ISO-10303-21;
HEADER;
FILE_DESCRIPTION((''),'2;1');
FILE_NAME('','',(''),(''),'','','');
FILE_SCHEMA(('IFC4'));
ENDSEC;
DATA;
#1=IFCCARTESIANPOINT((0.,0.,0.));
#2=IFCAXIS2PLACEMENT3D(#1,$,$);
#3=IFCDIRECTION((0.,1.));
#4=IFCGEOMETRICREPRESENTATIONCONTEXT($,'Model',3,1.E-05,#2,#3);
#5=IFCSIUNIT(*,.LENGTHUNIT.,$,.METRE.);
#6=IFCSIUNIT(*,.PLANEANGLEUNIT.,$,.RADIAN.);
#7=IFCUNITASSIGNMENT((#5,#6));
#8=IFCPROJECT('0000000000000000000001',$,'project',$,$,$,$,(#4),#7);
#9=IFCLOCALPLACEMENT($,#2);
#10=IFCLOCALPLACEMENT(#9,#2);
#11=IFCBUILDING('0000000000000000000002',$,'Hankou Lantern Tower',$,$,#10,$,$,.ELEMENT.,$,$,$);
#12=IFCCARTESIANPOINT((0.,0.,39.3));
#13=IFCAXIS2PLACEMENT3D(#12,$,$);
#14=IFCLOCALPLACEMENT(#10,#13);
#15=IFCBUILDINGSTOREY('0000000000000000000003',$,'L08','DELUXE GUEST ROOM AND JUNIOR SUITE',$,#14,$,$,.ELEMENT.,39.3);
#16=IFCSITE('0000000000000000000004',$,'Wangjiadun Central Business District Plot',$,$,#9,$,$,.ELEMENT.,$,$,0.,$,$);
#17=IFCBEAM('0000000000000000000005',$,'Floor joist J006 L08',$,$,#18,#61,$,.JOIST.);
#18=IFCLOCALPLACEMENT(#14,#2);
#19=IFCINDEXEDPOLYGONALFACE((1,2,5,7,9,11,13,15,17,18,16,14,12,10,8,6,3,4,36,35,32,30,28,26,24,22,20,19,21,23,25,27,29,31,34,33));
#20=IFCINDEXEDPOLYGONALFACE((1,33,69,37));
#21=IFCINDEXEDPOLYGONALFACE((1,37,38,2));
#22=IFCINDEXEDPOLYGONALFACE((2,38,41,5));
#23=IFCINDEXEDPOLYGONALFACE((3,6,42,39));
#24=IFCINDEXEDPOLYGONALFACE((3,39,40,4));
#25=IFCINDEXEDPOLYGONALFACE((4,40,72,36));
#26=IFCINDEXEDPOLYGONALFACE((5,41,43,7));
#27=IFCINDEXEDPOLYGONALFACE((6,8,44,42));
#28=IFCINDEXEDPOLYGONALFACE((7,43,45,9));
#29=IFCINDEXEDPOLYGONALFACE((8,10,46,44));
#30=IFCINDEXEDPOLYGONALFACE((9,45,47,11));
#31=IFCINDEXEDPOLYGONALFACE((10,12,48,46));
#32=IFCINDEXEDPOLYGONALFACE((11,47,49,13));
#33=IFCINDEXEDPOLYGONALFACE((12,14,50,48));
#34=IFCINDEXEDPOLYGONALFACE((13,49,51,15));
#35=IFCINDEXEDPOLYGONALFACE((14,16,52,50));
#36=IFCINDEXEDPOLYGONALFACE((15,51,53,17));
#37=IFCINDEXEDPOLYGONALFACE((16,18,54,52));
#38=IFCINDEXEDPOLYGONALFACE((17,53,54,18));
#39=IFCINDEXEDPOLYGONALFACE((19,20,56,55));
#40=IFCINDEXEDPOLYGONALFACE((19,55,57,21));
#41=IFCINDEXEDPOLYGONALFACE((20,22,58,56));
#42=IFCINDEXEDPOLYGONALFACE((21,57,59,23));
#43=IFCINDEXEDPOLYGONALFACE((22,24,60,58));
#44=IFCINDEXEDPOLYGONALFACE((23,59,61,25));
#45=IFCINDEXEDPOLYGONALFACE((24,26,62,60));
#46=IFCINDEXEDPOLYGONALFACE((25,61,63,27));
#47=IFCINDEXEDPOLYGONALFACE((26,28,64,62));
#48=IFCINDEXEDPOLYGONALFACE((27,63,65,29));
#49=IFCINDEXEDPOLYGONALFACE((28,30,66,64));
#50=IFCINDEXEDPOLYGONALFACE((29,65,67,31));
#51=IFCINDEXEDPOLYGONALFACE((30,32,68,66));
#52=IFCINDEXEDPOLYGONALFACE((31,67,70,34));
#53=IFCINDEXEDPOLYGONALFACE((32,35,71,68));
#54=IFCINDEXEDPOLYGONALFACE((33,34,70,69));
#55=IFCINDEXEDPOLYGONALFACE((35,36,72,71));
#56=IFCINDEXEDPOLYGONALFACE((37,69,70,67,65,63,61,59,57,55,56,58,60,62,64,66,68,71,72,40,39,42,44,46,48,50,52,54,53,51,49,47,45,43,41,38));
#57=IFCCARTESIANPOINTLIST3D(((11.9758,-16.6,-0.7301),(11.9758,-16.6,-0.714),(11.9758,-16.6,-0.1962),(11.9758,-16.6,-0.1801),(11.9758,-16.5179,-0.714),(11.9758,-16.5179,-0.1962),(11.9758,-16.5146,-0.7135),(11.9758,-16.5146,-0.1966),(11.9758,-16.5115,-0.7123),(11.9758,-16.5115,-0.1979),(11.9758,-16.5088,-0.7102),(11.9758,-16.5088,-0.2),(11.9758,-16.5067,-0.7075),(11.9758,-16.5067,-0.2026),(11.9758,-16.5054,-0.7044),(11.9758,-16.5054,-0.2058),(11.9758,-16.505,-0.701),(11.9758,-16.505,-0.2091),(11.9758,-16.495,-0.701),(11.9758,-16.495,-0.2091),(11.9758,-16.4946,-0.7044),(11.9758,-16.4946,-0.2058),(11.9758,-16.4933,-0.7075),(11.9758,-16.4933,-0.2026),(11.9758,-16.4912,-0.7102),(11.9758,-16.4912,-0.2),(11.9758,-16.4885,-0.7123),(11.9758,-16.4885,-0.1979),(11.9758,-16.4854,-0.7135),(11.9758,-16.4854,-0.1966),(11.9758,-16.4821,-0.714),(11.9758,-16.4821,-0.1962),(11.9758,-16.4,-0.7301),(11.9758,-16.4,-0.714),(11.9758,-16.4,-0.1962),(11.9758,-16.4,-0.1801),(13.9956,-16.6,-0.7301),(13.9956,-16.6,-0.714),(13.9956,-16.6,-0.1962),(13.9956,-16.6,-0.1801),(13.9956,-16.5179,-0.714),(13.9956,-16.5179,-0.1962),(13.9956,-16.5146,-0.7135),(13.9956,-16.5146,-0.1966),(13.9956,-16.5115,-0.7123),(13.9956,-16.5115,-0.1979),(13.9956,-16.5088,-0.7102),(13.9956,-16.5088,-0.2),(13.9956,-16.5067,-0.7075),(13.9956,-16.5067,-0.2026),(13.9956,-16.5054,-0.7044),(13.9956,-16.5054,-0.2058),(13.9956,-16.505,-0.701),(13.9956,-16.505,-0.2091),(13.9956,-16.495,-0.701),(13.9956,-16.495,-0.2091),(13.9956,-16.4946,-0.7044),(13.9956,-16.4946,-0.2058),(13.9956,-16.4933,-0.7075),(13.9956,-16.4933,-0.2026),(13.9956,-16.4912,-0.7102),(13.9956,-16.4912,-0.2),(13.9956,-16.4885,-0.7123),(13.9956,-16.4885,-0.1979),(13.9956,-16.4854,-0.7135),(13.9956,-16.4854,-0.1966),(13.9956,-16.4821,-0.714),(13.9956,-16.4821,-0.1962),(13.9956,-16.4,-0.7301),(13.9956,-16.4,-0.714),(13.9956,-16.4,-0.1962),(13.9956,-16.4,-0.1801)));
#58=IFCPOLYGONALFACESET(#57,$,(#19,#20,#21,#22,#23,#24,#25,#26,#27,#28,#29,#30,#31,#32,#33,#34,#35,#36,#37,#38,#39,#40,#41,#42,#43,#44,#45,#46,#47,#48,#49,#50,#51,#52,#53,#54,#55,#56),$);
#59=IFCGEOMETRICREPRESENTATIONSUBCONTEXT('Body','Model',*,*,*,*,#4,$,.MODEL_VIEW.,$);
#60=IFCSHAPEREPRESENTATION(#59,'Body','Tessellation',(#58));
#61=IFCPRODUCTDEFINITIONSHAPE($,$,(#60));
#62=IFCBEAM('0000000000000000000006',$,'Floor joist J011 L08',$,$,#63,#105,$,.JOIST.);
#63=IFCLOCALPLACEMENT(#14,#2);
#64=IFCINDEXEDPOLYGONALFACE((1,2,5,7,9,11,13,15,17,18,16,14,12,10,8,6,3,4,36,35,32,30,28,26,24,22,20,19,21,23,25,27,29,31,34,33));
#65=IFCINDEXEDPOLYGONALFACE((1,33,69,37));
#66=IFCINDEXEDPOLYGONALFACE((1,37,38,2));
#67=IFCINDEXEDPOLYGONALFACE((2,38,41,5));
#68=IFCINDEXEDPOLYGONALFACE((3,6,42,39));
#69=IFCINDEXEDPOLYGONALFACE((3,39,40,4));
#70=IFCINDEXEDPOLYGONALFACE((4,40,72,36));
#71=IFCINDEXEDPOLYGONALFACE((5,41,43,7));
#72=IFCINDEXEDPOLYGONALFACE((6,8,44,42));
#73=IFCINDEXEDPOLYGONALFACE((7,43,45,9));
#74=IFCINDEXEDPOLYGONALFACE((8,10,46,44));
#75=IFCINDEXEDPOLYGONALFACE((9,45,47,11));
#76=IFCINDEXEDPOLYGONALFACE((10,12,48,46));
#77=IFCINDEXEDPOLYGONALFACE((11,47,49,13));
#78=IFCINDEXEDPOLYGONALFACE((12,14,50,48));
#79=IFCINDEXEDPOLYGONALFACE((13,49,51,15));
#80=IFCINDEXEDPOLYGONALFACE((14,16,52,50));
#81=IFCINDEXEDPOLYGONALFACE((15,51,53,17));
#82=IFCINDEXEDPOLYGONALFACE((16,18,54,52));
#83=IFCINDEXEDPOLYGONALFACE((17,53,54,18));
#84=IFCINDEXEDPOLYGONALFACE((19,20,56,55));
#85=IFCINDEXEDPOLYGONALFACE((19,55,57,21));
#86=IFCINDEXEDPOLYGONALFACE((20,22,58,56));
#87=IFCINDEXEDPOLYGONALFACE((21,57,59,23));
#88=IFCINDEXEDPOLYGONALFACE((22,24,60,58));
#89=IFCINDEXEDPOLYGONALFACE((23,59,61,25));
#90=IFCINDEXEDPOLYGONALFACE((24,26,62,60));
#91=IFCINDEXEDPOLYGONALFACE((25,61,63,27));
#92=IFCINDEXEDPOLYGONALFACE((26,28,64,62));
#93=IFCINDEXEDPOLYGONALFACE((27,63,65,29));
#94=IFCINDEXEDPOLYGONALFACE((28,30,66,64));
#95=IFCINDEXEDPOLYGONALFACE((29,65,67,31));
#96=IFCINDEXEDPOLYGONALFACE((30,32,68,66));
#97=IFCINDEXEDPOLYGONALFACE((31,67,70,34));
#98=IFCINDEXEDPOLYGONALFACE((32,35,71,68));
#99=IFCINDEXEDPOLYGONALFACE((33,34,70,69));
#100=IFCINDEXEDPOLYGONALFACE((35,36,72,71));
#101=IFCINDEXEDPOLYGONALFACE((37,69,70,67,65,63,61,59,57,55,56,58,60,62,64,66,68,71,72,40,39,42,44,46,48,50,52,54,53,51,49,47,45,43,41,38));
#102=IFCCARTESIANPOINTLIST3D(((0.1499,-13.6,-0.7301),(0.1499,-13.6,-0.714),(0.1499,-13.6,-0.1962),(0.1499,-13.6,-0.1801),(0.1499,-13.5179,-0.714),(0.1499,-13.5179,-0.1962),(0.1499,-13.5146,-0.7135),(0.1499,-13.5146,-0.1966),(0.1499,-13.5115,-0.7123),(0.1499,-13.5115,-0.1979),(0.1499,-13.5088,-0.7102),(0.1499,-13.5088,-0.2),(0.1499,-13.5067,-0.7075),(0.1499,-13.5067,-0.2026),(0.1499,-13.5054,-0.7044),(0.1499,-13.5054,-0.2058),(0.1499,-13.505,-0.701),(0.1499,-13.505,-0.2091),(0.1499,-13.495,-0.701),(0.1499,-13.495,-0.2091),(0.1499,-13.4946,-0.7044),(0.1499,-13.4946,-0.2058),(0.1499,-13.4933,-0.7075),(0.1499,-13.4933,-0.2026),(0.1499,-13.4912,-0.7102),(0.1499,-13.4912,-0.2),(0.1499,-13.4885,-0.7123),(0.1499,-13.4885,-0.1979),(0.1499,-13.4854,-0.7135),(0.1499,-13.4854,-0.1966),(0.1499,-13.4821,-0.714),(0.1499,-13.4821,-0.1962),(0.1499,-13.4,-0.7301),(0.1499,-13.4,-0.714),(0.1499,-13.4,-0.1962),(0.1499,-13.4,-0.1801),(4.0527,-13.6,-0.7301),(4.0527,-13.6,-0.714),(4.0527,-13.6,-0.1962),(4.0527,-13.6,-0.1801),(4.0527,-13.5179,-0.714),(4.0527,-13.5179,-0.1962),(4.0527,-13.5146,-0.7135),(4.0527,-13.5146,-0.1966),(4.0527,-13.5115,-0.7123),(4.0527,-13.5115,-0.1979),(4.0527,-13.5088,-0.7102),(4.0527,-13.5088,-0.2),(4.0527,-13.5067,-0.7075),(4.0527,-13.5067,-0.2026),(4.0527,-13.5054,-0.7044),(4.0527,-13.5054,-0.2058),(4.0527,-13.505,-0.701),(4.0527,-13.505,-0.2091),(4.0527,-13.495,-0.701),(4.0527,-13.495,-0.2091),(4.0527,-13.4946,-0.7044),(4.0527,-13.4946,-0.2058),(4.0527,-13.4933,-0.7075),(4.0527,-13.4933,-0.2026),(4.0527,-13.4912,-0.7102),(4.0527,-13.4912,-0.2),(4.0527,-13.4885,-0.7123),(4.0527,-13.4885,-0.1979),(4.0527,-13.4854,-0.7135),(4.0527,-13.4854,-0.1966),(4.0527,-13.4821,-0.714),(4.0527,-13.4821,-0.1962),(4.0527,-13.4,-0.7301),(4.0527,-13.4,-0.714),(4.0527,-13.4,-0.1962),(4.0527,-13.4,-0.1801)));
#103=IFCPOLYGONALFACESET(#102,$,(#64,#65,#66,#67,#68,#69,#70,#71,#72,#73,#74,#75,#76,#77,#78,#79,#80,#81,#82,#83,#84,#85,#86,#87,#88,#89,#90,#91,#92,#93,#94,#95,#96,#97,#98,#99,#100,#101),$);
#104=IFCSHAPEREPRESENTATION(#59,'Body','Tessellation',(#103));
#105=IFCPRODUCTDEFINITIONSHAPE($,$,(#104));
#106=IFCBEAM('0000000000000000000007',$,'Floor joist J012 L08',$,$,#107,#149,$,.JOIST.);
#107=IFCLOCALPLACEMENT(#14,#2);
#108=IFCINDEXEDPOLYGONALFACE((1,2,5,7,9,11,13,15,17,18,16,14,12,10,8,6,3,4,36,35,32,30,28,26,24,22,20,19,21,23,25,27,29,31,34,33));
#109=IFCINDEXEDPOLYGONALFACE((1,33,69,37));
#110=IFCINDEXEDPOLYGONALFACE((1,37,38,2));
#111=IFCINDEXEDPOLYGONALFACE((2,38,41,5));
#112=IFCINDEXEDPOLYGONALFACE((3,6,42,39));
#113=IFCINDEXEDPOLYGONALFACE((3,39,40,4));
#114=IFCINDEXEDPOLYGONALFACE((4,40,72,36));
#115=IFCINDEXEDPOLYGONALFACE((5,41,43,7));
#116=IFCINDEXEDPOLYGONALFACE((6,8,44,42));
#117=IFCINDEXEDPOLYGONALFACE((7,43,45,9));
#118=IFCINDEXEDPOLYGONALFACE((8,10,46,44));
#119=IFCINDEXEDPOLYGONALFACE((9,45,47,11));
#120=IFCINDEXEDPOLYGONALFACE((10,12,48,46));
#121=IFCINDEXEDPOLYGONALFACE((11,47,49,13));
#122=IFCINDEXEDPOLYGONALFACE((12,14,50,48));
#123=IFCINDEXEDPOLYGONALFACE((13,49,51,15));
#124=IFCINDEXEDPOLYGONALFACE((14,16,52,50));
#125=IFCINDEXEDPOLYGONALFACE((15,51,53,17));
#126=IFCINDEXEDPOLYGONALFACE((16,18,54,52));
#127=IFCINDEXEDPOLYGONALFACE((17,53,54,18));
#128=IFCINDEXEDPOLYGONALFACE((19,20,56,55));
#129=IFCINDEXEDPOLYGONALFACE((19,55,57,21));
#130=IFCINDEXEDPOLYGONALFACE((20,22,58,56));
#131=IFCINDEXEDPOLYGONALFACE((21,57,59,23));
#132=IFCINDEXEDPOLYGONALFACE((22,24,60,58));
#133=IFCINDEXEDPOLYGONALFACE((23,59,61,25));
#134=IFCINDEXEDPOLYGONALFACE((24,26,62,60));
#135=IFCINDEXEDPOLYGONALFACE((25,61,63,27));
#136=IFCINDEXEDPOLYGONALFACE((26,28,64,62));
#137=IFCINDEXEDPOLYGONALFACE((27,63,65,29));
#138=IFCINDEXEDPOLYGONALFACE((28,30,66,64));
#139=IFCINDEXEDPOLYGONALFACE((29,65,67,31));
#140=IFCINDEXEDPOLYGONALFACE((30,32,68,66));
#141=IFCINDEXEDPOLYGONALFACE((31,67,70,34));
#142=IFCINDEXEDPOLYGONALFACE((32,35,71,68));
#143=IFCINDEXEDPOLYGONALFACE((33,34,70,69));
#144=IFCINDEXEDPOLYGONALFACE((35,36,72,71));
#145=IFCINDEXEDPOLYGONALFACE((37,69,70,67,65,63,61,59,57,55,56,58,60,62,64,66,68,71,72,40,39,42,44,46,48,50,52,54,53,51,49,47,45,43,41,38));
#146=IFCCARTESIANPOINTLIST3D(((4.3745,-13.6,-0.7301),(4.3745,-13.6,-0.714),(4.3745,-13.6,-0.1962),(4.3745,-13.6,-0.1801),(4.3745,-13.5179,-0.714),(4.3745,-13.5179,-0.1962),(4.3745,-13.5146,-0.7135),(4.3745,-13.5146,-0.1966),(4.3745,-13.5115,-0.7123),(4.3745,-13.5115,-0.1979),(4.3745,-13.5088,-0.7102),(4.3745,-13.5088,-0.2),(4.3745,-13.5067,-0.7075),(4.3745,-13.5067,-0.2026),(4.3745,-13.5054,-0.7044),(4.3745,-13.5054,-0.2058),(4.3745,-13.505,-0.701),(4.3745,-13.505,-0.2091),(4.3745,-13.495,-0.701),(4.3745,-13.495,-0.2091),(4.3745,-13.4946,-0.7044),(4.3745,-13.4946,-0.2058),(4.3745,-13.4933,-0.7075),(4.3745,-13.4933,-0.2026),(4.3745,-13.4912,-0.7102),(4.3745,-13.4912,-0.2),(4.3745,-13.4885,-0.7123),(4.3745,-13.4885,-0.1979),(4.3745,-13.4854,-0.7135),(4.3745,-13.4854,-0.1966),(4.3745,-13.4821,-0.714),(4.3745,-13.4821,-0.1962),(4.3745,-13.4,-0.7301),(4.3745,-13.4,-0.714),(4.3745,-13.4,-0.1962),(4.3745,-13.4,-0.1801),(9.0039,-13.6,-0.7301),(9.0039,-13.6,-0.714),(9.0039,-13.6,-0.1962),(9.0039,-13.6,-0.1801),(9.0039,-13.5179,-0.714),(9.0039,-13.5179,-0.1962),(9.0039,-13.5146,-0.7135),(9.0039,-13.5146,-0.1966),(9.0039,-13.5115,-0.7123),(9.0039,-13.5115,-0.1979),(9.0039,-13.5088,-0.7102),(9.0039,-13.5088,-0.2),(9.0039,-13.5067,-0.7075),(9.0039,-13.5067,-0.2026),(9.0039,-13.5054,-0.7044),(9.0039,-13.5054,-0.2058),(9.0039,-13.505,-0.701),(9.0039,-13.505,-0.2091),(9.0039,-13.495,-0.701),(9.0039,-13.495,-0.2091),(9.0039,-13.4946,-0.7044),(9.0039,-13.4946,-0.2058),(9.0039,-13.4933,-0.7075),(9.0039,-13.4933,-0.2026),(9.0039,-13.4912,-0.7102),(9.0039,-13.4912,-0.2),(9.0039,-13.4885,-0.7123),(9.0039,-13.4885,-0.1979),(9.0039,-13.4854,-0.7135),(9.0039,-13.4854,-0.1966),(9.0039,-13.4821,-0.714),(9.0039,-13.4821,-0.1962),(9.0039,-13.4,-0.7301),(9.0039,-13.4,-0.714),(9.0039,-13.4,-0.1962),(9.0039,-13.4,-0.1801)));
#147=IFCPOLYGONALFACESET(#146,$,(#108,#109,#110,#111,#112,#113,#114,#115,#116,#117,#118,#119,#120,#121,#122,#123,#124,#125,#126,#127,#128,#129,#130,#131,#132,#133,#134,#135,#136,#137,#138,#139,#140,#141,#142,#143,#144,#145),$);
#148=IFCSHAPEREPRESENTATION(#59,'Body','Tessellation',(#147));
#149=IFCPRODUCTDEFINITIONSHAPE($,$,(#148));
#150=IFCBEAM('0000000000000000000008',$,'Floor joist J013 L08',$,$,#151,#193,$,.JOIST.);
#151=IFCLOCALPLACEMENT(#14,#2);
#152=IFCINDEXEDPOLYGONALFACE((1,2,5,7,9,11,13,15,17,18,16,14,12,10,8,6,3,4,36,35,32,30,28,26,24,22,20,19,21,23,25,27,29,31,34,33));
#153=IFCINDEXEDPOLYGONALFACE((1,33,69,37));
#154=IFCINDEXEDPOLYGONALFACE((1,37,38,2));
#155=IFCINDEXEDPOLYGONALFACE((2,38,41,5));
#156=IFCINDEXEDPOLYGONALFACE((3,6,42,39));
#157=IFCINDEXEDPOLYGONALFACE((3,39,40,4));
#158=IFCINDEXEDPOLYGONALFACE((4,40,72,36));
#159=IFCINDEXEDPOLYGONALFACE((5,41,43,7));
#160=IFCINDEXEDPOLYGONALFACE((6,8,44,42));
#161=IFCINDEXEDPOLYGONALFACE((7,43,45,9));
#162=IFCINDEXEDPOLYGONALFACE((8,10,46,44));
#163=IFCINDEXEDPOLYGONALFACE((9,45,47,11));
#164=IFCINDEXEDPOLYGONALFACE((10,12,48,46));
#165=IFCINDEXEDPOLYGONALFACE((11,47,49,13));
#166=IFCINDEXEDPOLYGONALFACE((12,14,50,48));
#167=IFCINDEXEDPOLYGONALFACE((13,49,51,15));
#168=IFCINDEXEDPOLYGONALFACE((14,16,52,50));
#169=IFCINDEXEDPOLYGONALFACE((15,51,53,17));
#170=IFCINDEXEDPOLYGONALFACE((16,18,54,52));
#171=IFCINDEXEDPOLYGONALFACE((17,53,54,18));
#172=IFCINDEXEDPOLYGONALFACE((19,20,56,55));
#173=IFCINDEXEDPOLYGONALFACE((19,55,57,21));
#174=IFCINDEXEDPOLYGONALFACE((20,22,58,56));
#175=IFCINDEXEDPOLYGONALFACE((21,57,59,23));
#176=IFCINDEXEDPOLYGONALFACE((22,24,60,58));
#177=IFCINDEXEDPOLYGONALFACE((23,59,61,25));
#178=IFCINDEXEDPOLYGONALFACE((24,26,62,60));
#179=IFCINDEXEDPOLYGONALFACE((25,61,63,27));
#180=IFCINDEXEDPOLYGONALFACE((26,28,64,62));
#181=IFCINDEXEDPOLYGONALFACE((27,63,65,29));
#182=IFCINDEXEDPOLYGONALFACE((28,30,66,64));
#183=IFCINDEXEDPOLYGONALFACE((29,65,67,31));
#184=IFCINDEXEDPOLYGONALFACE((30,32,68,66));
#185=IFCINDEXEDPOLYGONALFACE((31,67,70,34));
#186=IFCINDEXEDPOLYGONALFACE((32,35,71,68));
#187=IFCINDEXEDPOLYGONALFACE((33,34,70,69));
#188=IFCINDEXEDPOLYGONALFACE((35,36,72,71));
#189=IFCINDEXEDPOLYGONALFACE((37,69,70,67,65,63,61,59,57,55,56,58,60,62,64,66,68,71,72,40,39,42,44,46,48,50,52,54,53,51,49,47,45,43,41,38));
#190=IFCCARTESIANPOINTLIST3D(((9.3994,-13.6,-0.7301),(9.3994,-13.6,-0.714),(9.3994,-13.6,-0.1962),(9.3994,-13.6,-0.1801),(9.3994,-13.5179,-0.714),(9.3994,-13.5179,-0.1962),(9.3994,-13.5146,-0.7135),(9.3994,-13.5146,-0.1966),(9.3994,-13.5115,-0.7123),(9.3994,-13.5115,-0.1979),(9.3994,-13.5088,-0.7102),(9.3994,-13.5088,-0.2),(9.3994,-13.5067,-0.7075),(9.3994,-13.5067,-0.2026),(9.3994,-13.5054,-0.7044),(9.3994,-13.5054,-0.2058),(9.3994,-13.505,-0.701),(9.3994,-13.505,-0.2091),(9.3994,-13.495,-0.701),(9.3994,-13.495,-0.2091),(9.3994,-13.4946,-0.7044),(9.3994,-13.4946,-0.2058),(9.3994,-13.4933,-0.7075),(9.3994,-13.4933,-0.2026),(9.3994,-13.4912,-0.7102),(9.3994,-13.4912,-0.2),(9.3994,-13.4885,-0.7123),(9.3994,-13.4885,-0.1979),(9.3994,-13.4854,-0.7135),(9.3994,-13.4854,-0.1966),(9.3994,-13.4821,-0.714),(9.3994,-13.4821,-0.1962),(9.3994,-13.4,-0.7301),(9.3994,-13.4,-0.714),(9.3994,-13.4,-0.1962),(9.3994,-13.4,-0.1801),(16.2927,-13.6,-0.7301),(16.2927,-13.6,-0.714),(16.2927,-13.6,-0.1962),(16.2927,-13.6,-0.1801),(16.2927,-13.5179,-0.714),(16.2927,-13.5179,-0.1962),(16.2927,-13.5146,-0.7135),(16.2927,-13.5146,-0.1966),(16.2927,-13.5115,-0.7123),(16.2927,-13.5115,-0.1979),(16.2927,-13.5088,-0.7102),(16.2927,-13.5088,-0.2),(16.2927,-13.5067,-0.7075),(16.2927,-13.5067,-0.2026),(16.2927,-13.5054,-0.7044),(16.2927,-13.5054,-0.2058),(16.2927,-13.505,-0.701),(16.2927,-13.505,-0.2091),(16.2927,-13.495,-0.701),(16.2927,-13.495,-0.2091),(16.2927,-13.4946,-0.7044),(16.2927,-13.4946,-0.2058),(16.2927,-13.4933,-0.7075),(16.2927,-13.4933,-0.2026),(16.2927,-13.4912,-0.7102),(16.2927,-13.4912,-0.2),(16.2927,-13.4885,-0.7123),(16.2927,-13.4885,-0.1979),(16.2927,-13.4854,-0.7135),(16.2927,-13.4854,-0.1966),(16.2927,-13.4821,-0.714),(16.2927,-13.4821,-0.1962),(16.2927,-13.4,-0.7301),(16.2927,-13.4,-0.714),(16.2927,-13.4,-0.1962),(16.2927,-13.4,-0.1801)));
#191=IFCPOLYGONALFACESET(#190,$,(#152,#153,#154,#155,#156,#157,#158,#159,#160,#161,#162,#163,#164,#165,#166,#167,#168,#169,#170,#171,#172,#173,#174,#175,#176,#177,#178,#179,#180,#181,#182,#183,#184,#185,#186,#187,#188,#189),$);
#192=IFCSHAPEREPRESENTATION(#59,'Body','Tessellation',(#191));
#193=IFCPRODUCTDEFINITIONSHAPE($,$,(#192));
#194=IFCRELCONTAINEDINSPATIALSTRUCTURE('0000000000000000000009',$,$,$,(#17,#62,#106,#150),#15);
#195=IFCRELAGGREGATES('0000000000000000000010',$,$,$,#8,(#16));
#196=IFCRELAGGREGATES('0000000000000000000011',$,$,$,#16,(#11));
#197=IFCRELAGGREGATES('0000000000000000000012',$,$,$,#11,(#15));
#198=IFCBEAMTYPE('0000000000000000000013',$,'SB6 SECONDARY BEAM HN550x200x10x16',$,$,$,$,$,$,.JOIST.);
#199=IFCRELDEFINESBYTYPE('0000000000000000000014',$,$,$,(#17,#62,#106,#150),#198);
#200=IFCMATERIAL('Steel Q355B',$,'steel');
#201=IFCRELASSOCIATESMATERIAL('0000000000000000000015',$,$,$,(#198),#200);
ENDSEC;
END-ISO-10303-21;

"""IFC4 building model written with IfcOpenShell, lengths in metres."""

from ifc_helpers import new_model, si_unit, direction, frame, origin, origin_2d, place, context, subcontext, project, spatial, i_section, extrude, material, material_profile, profile_set, type_object, element, save


model = new_model("IFC4")

# Units and contexts
model_context = context("Model", 3, precision=1e-05, world=origin(), true_north=direction((0.0, 1.0)))
body_context = subcontext(model_context, "Body", "Model", "MODEL_VIEW")
ifc_project = project(units=[si_unit("LENGTHUNIT", "METRE"), si_unit("PLANEANGLEUNIT", "RADIAN")], contexts=[model_context])

# Site, building, storey
site_placement = place(None, origin())
site = spatial("IfcSite", under=ifc_project, at=site_placement, Name="Wangjiadun Central Business District Plot", CompositionType="ELEMENT", RefElevation=0.0)
building_placement = place(site_placement, origin())
building = spatial("IfcBuilding", under=site, at=building_placement, Name="Hankou Lantern Tower", CompositionType="ELEMENT")
storey_placement = place(building_placement, frame((0.0, 0.0, 39.3)))
storey = spatial("IfcBuildingStorey", under=building, at=storey_placement, Name="L08", Description="DELUXE GUEST ROOM AND JUNIOR SUITE", CompositionType="ELEMENT", Elevation=39.3)

# Beams
ifc_material_1 = material(Name="Steel Q355B", Category="steel")
ifc_material_profile_1 = material_profile(ifc_material_1, i_section(OverallWidth=0.2, OverallDepth=0.55, WebThickness=0.01, FlangeThickness=0.0161, FilletRadius=0.0129, at=origin_2d()), Name="HN550x200x10x16")
ifc_profile_set_1 = profile_set([ifc_material_profile_1], Name="Steel Q355B")
beam_type_1 = type_object("IfcBeamType", Name="SB6 SECONDARY BEAM HN550x200x10x16", PredefinedType="JOIST", material=ifc_profile_set_1)
beam_1_placement = place(storey_placement, frame((11.9758, -16.5, -0.4551), z_axis=(1.0, 0.0, 0.0), x_axis=(0.0, 1.0, 0.0)))
element("IfcBeam", 1, at=beam_1_placement, inside=storey, type_object=beam_type_1, Name="Floor joist J006 L08", PredefinedType="JOIST", context=body_context, shape_type="SweptSolid", body=[
    extrude(i_section(OverallWidth=0.2, OverallDepth=0.55, WebThickness=0.01, FlangeThickness=0.0161, FilletRadius=0.0129, at=origin_2d()), origin(), (0.0, 0.0, 1.0), 2.0198),
])
beam_2_placement = place(storey_placement, frame((0.1499, -13.5, -0.4551), z_axis=(1.0, 0.0, 0.0), x_axis=(0.0, 1.0, 0.0)))
element("IfcBeam", 2, at=beam_2_placement, inside=storey, type_object=beam_type_1, Name="Floor joist J011 L08", PredefinedType="JOIST", context=body_context, shape_type="SweptSolid", body=[
    extrude(i_section(OverallWidth=0.2, OverallDepth=0.55, WebThickness=0.01, FlangeThickness=0.0161, FilletRadius=0.0129, at=origin_2d()), origin(), (0.0, 0.0, 1.0), 3.9028),
])
beam_3_placement = place(storey_placement, frame((4.3745, -13.5, -0.4551), z_axis=(1.0, 0.0, 0.0), x_axis=(0.0, 1.0, 0.0)))
element("IfcBeam", 3, at=beam_3_placement, inside=storey, type_object=beam_type_1, Name="Floor joist J012 L08", PredefinedType="JOIST", context=body_context, shape_type="SweptSolid", body=[
    extrude(i_section(OverallWidth=0.2, OverallDepth=0.55, WebThickness=0.01, FlangeThickness=0.0161, FilletRadius=0.0129, at=origin_2d()), origin(), (0.0, 0.0, 1.0), 4.6294),
])
beam_4_placement = place(storey_placement, frame((9.3994, -13.5, -0.4551), z_axis=(1.0, 0.0, 0.0), x_axis=(0.0, 1.0, 0.0)))
element("IfcBeam", 4, at=beam_4_placement, inside=storey, type_object=beam_type_1, Name="Floor joist J013 L08", PredefinedType="JOIST", context=body_context, shape_type="SweptSolid", body=[
    extrude(i_section(OverallWidth=0.2, OverallDepth=0.55, WebThickness=0.01, FlangeThickness=0.0161, FilletRadius=0.0129, at=origin_2d()), origin(), (0.0, 0.0, 1.0), 6.8933),
])

save(model, "model.ifc")
